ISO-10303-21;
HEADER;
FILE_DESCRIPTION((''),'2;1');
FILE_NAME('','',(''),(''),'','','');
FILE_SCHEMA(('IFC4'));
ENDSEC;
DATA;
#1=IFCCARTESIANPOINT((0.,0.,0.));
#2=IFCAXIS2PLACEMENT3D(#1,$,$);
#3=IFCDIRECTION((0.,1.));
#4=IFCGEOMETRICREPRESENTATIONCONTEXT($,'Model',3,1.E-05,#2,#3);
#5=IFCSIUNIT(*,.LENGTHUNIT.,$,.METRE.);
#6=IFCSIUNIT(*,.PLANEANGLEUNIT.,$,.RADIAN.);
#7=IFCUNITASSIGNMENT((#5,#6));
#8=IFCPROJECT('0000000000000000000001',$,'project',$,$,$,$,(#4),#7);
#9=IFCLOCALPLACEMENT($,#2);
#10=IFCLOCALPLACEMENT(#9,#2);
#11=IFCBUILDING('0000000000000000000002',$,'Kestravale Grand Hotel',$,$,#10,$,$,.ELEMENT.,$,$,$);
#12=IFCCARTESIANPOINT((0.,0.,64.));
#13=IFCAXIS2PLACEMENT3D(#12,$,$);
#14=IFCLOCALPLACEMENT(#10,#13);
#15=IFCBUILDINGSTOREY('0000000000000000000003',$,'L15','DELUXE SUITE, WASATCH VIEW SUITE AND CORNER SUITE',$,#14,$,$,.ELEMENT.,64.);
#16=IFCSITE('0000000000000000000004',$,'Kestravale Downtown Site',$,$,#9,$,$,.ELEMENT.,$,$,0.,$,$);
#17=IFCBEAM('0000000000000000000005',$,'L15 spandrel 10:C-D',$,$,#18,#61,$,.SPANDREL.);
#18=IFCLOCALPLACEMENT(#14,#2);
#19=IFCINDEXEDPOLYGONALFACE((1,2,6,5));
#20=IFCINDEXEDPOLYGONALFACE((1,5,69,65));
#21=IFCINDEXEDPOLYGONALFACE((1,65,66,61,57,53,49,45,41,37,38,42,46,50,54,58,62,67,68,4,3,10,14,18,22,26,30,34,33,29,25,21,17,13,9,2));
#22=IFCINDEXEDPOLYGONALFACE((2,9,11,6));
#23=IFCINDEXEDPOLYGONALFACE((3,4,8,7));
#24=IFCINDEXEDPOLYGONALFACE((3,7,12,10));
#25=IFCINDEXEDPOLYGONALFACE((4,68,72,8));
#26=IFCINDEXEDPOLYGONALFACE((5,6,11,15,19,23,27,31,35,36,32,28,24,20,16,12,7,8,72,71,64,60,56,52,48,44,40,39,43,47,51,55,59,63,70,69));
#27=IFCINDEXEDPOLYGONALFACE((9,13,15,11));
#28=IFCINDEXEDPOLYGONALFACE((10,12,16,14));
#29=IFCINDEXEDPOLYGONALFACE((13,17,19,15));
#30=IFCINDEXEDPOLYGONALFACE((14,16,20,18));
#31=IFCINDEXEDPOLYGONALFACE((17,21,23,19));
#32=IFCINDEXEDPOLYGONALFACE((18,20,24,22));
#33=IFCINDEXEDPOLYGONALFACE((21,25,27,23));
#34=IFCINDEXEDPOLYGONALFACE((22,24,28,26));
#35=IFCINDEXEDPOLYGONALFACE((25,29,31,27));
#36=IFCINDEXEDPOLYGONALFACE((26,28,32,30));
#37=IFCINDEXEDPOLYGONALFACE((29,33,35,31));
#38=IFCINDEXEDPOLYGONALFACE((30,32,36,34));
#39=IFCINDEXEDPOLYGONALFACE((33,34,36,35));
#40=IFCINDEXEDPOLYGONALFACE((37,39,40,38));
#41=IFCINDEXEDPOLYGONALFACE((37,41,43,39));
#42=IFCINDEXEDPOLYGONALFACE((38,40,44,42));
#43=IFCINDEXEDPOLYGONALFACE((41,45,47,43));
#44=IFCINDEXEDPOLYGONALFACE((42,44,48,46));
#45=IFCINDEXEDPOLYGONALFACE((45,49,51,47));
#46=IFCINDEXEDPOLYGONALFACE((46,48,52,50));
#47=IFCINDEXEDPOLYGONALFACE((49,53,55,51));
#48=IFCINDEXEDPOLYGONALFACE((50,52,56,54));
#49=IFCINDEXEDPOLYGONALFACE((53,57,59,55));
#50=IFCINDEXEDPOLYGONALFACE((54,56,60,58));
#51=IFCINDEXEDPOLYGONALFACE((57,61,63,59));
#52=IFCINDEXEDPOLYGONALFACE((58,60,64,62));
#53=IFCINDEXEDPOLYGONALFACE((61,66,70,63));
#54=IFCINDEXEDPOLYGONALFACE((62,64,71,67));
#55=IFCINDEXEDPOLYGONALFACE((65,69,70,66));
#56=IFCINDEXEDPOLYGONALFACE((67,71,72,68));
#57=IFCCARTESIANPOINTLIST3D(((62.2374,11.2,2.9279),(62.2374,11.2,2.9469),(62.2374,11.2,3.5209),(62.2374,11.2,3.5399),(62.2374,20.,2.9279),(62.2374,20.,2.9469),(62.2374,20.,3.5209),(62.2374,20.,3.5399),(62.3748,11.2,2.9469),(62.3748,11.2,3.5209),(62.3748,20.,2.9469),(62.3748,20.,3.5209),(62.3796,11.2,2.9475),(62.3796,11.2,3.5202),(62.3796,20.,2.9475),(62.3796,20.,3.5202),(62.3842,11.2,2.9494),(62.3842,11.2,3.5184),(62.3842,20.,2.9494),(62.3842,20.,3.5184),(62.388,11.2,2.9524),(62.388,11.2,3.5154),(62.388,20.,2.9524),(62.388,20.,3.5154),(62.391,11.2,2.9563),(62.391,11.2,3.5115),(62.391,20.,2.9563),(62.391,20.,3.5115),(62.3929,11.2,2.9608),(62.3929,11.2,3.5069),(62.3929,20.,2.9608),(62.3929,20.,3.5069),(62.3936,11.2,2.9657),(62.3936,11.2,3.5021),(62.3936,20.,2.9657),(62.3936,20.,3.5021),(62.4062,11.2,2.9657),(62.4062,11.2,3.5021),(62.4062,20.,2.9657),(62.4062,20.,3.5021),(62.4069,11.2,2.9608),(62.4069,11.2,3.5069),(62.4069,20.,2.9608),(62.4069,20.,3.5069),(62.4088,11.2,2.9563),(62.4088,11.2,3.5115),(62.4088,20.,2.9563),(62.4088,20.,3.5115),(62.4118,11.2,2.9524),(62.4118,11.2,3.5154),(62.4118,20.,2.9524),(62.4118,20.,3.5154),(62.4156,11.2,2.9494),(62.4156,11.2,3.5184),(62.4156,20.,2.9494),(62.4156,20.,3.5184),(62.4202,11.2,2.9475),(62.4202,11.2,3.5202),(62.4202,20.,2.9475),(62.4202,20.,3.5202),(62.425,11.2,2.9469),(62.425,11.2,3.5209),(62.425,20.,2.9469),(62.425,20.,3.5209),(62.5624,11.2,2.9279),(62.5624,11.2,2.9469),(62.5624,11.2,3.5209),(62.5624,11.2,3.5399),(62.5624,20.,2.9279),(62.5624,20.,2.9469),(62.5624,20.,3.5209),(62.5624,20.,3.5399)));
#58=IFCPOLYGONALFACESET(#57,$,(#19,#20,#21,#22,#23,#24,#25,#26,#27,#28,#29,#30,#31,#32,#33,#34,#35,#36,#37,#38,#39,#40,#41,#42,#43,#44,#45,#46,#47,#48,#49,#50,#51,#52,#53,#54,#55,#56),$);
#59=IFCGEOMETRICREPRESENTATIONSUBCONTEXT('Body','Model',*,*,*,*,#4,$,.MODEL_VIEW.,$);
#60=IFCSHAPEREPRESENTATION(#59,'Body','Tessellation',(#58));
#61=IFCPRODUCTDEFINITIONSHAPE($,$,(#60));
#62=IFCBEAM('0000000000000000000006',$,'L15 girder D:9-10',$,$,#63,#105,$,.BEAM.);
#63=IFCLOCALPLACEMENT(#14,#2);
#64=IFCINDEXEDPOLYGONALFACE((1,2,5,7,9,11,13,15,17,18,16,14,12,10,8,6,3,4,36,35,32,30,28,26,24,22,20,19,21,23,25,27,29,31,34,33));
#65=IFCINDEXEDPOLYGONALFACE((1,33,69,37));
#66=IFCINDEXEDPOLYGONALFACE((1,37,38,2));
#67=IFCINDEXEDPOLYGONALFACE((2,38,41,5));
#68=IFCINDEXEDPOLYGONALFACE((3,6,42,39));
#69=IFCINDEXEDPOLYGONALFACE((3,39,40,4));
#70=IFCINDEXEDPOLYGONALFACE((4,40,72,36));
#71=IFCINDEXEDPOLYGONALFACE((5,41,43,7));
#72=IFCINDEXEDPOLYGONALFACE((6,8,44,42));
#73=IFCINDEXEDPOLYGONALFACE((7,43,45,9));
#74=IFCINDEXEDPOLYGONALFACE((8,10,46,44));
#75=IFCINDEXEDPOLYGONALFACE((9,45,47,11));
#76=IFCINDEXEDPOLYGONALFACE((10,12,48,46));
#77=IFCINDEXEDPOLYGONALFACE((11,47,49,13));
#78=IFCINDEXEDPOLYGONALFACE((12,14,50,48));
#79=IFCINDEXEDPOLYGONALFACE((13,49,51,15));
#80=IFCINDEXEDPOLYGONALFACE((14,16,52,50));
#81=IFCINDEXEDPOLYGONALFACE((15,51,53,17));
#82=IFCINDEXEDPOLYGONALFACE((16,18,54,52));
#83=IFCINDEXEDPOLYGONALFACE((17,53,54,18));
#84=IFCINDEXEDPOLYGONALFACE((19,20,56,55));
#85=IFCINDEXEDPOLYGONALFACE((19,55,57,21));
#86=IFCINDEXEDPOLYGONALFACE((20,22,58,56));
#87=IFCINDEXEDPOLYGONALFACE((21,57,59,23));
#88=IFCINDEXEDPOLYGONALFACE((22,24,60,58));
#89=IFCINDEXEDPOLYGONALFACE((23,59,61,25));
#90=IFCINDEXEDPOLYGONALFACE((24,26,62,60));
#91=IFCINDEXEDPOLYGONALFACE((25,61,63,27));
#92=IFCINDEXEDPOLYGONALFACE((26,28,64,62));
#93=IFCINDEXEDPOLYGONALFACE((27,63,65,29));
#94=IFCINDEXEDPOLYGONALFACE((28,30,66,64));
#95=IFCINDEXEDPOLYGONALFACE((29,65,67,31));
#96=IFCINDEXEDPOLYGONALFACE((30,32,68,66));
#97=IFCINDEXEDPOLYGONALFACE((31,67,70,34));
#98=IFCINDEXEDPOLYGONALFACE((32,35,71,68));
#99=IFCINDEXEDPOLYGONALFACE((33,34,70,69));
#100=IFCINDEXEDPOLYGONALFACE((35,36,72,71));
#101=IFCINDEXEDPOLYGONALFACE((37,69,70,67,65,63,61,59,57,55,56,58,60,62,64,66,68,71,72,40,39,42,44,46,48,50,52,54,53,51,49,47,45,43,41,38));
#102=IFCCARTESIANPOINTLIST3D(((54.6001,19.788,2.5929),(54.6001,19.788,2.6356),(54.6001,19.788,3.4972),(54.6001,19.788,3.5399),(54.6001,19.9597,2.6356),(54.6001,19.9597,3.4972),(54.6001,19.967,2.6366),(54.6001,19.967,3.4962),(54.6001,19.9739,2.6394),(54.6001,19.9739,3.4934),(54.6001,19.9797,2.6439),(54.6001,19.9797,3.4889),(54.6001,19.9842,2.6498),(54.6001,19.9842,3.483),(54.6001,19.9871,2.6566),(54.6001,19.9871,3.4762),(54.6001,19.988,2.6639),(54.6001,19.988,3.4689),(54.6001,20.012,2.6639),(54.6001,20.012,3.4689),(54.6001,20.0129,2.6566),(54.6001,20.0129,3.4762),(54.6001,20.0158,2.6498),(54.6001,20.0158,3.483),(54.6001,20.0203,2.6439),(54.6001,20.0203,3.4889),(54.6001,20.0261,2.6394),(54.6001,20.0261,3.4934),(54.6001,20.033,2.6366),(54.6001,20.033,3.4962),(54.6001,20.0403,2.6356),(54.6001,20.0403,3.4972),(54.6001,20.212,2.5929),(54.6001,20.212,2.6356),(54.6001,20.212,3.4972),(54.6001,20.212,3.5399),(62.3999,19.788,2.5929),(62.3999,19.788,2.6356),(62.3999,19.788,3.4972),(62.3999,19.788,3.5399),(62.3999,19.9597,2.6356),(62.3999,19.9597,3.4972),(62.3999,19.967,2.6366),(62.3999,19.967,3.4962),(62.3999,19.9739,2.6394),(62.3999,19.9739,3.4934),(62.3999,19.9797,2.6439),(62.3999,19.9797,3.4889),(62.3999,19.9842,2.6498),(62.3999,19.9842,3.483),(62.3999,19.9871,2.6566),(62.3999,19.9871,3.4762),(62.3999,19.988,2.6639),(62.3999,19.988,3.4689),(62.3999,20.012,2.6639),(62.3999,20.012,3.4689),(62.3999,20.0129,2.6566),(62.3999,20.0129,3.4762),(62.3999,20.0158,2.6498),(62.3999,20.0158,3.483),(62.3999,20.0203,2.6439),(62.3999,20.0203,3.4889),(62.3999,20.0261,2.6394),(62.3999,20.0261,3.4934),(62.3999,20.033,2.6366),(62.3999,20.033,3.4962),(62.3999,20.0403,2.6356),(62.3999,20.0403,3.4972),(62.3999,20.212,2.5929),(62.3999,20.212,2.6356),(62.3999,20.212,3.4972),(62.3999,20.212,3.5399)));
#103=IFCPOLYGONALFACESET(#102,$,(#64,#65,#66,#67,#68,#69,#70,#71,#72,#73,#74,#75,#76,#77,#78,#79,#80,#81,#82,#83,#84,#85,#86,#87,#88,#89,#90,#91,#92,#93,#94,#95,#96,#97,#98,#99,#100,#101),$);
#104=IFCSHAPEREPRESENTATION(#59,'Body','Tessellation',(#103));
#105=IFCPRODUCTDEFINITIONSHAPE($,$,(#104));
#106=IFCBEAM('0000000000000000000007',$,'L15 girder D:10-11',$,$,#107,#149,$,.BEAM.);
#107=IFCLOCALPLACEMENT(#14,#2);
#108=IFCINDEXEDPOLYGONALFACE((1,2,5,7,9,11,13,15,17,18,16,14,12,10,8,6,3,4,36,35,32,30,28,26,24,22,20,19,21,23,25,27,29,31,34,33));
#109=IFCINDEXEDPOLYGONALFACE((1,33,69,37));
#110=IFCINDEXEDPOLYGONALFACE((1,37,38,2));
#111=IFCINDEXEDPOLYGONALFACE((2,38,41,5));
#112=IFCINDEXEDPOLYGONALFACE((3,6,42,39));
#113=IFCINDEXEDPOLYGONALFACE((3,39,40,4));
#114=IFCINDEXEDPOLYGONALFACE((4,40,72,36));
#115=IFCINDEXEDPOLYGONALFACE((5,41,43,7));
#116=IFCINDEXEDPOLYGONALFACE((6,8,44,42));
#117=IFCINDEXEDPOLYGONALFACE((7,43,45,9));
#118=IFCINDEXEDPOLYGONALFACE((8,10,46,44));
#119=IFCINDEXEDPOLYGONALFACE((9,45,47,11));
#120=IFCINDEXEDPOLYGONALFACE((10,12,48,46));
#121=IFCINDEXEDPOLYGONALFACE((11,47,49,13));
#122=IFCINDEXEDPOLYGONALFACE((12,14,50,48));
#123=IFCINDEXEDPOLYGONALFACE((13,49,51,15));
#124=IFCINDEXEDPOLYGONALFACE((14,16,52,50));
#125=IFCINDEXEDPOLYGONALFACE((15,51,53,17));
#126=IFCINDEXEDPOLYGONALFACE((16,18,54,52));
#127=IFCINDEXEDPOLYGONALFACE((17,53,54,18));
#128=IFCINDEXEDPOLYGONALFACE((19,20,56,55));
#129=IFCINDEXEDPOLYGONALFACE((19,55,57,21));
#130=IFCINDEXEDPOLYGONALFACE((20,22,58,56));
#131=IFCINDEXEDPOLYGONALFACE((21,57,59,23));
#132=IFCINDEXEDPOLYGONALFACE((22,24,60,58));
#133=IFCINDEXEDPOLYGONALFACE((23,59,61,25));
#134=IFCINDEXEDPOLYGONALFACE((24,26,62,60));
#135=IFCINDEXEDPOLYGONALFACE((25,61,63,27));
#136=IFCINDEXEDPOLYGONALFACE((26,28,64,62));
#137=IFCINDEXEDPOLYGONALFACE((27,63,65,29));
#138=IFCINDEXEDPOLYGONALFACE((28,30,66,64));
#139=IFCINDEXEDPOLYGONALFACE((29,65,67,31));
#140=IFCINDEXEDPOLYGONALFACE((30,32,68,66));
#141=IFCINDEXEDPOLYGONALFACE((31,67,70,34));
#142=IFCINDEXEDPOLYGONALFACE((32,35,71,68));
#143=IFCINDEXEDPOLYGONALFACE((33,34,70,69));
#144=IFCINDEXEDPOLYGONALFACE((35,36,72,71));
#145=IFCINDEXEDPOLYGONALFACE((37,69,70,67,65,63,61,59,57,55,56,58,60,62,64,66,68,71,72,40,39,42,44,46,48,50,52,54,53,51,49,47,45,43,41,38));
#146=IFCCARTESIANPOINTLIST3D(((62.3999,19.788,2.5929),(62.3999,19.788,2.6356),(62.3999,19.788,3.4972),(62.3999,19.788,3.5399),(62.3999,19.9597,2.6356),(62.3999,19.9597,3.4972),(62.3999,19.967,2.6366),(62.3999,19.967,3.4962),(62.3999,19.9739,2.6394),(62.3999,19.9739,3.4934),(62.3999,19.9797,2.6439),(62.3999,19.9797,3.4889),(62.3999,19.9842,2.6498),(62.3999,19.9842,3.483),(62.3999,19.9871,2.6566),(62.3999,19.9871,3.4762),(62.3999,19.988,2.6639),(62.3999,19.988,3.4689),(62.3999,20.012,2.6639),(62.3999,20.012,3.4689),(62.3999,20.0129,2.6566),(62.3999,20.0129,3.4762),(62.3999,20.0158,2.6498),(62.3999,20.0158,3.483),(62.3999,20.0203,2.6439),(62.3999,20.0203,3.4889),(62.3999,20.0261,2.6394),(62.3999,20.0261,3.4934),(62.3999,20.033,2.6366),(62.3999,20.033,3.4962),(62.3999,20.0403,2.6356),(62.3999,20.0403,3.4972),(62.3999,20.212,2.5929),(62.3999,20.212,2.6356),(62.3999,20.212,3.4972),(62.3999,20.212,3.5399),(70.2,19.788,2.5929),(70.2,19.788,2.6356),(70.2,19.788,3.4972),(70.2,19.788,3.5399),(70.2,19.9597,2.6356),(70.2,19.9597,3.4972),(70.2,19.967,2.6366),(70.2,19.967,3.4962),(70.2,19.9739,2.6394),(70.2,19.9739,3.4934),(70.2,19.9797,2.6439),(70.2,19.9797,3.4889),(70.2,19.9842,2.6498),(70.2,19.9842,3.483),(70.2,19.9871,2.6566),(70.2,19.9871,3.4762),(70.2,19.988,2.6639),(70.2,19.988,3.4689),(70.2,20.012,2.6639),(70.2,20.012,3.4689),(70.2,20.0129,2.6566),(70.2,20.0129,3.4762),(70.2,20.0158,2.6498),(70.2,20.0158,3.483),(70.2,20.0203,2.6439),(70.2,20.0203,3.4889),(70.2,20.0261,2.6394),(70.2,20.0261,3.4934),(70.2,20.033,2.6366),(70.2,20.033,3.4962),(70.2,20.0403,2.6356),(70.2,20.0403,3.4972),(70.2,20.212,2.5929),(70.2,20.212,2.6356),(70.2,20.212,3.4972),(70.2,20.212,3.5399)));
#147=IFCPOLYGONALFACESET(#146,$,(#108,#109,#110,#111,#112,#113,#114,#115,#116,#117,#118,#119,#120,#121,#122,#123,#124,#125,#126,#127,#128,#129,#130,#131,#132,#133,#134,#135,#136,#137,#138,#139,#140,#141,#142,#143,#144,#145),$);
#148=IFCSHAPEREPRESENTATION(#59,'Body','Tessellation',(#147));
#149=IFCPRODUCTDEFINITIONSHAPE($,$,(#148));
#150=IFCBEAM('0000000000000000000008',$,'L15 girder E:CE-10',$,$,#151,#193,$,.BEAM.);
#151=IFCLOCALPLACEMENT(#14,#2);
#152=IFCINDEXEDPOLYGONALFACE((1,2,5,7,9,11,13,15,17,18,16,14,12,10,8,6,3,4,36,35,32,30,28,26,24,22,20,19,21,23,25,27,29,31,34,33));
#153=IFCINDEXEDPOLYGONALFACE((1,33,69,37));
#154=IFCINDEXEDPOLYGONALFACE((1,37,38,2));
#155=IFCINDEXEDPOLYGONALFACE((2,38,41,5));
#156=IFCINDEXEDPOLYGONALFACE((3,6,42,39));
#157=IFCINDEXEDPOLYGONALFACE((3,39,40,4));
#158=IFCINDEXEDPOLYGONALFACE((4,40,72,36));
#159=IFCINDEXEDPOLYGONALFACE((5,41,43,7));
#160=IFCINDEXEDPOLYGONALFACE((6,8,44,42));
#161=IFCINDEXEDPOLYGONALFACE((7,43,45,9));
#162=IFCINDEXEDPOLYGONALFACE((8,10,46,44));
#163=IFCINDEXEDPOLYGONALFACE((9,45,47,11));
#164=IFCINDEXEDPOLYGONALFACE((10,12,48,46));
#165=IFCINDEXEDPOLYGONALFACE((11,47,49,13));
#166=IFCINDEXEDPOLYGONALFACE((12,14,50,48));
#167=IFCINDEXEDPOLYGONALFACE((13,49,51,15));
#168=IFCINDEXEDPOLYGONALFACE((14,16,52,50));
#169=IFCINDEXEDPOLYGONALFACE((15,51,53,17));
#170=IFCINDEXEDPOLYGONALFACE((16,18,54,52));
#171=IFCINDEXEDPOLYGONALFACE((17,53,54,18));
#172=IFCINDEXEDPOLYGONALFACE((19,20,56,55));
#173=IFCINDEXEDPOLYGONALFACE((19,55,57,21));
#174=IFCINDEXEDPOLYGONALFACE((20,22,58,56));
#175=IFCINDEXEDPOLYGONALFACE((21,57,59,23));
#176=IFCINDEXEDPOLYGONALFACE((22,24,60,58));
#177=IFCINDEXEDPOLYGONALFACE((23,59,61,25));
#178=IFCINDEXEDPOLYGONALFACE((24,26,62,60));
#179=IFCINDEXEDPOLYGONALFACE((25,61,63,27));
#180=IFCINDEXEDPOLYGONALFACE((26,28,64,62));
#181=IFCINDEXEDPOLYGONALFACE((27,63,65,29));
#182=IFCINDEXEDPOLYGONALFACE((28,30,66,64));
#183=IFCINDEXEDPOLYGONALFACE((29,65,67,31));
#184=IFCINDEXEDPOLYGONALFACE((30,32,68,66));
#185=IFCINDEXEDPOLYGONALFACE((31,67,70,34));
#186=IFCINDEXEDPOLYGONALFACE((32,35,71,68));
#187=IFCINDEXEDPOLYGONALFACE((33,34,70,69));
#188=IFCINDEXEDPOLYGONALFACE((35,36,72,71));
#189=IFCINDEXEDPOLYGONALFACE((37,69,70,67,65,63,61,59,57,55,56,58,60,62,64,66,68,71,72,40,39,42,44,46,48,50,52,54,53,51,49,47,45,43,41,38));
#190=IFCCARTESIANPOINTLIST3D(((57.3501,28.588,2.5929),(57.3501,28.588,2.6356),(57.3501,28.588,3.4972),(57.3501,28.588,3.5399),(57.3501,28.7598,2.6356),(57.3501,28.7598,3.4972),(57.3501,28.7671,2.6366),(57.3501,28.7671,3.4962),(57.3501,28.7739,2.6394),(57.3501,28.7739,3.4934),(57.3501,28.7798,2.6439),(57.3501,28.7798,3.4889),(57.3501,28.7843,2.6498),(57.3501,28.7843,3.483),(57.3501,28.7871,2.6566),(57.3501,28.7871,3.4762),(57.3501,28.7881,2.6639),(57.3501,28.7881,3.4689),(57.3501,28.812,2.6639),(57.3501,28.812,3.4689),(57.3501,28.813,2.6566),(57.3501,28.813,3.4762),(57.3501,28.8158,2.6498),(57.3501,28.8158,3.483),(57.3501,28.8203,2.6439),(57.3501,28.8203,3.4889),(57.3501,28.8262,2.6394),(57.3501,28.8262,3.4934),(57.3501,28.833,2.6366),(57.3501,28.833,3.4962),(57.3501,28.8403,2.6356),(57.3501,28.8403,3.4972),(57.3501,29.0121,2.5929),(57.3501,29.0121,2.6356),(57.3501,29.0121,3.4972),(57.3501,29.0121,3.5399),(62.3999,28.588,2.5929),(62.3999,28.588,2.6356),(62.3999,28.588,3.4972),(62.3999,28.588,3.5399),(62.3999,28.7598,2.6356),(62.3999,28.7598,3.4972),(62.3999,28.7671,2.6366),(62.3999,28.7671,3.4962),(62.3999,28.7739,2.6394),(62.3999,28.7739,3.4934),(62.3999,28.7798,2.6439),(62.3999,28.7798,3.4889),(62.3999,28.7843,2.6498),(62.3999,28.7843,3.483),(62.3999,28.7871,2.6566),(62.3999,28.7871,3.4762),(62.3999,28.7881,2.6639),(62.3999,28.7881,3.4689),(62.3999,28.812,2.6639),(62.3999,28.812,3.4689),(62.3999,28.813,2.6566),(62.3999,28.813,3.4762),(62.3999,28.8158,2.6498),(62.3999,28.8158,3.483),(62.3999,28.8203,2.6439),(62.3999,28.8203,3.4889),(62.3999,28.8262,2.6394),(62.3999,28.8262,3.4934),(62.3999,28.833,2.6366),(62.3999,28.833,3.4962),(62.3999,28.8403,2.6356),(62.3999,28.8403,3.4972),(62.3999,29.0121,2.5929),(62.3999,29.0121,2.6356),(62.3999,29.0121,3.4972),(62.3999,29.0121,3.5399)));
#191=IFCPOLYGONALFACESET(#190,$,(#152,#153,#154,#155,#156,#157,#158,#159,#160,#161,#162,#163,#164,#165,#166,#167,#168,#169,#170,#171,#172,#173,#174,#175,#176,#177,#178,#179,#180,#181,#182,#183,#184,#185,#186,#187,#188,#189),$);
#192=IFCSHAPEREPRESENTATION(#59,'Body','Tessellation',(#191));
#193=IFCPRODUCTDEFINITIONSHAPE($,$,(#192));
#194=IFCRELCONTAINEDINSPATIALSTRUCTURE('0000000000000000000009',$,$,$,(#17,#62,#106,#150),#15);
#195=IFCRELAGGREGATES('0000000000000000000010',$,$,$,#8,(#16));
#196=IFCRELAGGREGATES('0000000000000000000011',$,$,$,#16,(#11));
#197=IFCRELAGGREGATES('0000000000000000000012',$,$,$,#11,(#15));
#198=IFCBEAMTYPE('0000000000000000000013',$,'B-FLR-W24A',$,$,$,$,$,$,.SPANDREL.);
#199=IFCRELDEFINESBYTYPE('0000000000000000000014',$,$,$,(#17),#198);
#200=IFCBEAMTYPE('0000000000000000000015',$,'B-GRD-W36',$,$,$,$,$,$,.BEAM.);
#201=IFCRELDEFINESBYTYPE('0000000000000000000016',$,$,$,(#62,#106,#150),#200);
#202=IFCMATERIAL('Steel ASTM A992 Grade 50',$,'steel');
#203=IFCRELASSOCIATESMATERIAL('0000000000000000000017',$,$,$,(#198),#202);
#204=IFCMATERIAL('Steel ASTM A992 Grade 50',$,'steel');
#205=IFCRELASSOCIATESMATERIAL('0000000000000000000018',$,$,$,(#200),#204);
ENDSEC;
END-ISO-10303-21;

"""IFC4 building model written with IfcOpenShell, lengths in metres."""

from ifc_helpers import new_model, si_unit, direction, frame, origin, origin_2d, place, context, subcontext, project, spatial, i_section, extrude, material, material_profile, profile_set, type_object, element, save


model = new_model("IFC4")

# Units and contexts
model_context = context("Model", 3, precision=1e-05, world=origin(), true_north=direction((0.0, 1.0)))
body_context = subcontext(model_context, "Body", "Model", "MODEL_VIEW")
ifc_project = project(units=[si_unit("LENGTHUNIT", "METRE"), si_unit("PLANEANGLEUNIT", "RADIAN")], contexts=[model_context])

# Site, building, storey
site_placement = place(None, origin())
site = spatial("IfcSite", under=ifc_project, at=site_placement, Name="Kestravale Downtown Site", CompositionType="ELEMENT", RefElevation=0.0)
building_placement = place(site_placement, origin())
building = spatial("IfcBuilding", under=site, at=building_placement, Name="Kestravale Grand Hotel", CompositionType="ELEMENT")
storey_placement = place(building_placement, frame((0.0, 0.0, 64.0)))
storey = spatial("IfcBuildingStorey", under=building, at=storey_placement, Name="L15", Description="DELUXE SUITE, WASATCH VIEW SUITE AND CORNER SUITE", CompositionType="ELEMENT", Elevation=64.0)

# Beams
ifc_material_1 = material(Name="Steel ASTM A992 Grade 50", Category="steel")
ifc_material_profile_1 = material_profile(ifc_material_1, i_section(OverallWidth=0.325, OverallDepth=0.6121, WebThickness=0.0127, FlangeThickness=0.019, FilletRadius=0.0188, at=origin_2d()))
ifc_profile_set_1 = profile_set([ifc_material_profile_1], Name="Steel ASTM A992 Grade 50")
beam_type_1 = type_object("IfcBeamType", Name="B-FLR-W24A", PredefinedType="SPANDREL", material=ifc_profile_set_1)
beam_1_placement = place(storey_placement, frame((62.3999, 11.2, 3.2339), z_axis=(0.0, 1.0, 0.0), x_axis=(-1.0, 0.0, 0.0)))
element("IfcBeam", 1, at=beam_1_placement, inside=storey, type_object=beam_type_1, Name="L15 spandrel 10:C-D", PredefinedType="SPANDREL", context=body_context, shape_type="SweptSolid", body=[
    extrude(i_section(OverallWidth=0.325, OverallDepth=0.6121, WebThickness=0.0127, FlangeThickness=0.019, FilletRadius=0.0188, at=origin_2d()), origin(), (0.0, 0.0, 1.0), 8.8),
])
ifc_material_2 = material(Name="Steel ASTM A992 Grade 50", Category="steel")
ifc_material_profile_2 = material_profile(ifc_material_2, i_section(OverallWidth=0.4241, OverallDepth=0.947, WebThickness=0.0239, FlangeThickness=0.0427, FilletRadius=0.0283, at=origin_2d()))
ifc_profile_set_2 = profile_set([ifc_material_profile_2], Name="Steel ASTM A992 Grade 50")
beam_type_2 = type_object("IfcBeamType", Name="B-GRD-W36", PredefinedType="BEAM", material=ifc_profile_set_2)
beam_2_placement = place(storey_placement, frame((54.6001, 20.0, 3.0664), z_axis=(1.0, 0.0, 0.0), x_axis=(0.0, 1.0, 0.0)))
element("IfcBeam", 2, at=beam_2_placement, inside=storey, type_object=beam_type_2, Name="L15 girder D:9-10", PredefinedType="BEAM", context=body_context, shape_type="SweptSolid", body=[
    extrude(i_section(OverallWidth=0.4241, OverallDepth=0.947, WebThickness=0.0239, FlangeThickness=0.0427, FilletRadius=0.0283, at=origin_2d()), origin(), (0.0, 0.0, 1.0), 7.7998),
])
beam_3_placement = place(storey_placement, frame((62.3999, 20.0, 3.0664), z_axis=(1.0, 0.0, 0.0), x_axis=(0.0, 1.0, 0.0)))
element("IfcBeam", 3, at=beam_3_placement, inside=storey, type_object=beam_type_2, Name="L15 girder D:10-11", PredefinedType="BEAM", context=body_context, shape_type="SweptSolid", body=[
    extrude(i_section(OverallWidth=0.4241, OverallDepth=0.947, WebThickness=0.0239, FlangeThickness=0.0427, FilletRadius=0.0283, at=origin_2d()), origin(), (0.0, 0.0, 1.0), 7.8),
])
beam_4_placement = place(storey_placement, frame((57.3501, 28.8, 3.0664), z_axis=(1.0, 0.0, 0.0), x_axis=(0.0, 1.0, 0.0)))
element("IfcBeam", 4, at=beam_4_placement, inside=storey, type_object=beam_type_2, Name="L15 girder E:CE-10", PredefinedType="BEAM", context=body_context, shape_type="SweptSolid", body=[
    extrude(i_section(OverallWidth=0.4241, OverallDepth=0.947, WebThickness=0.0239, FlangeThickness=0.0427, FilletRadius=0.0283, at=origin_2d()), origin(), (0.0, 0.0, 1.0), 5.0498),
])

save(model, "model.ifc")
